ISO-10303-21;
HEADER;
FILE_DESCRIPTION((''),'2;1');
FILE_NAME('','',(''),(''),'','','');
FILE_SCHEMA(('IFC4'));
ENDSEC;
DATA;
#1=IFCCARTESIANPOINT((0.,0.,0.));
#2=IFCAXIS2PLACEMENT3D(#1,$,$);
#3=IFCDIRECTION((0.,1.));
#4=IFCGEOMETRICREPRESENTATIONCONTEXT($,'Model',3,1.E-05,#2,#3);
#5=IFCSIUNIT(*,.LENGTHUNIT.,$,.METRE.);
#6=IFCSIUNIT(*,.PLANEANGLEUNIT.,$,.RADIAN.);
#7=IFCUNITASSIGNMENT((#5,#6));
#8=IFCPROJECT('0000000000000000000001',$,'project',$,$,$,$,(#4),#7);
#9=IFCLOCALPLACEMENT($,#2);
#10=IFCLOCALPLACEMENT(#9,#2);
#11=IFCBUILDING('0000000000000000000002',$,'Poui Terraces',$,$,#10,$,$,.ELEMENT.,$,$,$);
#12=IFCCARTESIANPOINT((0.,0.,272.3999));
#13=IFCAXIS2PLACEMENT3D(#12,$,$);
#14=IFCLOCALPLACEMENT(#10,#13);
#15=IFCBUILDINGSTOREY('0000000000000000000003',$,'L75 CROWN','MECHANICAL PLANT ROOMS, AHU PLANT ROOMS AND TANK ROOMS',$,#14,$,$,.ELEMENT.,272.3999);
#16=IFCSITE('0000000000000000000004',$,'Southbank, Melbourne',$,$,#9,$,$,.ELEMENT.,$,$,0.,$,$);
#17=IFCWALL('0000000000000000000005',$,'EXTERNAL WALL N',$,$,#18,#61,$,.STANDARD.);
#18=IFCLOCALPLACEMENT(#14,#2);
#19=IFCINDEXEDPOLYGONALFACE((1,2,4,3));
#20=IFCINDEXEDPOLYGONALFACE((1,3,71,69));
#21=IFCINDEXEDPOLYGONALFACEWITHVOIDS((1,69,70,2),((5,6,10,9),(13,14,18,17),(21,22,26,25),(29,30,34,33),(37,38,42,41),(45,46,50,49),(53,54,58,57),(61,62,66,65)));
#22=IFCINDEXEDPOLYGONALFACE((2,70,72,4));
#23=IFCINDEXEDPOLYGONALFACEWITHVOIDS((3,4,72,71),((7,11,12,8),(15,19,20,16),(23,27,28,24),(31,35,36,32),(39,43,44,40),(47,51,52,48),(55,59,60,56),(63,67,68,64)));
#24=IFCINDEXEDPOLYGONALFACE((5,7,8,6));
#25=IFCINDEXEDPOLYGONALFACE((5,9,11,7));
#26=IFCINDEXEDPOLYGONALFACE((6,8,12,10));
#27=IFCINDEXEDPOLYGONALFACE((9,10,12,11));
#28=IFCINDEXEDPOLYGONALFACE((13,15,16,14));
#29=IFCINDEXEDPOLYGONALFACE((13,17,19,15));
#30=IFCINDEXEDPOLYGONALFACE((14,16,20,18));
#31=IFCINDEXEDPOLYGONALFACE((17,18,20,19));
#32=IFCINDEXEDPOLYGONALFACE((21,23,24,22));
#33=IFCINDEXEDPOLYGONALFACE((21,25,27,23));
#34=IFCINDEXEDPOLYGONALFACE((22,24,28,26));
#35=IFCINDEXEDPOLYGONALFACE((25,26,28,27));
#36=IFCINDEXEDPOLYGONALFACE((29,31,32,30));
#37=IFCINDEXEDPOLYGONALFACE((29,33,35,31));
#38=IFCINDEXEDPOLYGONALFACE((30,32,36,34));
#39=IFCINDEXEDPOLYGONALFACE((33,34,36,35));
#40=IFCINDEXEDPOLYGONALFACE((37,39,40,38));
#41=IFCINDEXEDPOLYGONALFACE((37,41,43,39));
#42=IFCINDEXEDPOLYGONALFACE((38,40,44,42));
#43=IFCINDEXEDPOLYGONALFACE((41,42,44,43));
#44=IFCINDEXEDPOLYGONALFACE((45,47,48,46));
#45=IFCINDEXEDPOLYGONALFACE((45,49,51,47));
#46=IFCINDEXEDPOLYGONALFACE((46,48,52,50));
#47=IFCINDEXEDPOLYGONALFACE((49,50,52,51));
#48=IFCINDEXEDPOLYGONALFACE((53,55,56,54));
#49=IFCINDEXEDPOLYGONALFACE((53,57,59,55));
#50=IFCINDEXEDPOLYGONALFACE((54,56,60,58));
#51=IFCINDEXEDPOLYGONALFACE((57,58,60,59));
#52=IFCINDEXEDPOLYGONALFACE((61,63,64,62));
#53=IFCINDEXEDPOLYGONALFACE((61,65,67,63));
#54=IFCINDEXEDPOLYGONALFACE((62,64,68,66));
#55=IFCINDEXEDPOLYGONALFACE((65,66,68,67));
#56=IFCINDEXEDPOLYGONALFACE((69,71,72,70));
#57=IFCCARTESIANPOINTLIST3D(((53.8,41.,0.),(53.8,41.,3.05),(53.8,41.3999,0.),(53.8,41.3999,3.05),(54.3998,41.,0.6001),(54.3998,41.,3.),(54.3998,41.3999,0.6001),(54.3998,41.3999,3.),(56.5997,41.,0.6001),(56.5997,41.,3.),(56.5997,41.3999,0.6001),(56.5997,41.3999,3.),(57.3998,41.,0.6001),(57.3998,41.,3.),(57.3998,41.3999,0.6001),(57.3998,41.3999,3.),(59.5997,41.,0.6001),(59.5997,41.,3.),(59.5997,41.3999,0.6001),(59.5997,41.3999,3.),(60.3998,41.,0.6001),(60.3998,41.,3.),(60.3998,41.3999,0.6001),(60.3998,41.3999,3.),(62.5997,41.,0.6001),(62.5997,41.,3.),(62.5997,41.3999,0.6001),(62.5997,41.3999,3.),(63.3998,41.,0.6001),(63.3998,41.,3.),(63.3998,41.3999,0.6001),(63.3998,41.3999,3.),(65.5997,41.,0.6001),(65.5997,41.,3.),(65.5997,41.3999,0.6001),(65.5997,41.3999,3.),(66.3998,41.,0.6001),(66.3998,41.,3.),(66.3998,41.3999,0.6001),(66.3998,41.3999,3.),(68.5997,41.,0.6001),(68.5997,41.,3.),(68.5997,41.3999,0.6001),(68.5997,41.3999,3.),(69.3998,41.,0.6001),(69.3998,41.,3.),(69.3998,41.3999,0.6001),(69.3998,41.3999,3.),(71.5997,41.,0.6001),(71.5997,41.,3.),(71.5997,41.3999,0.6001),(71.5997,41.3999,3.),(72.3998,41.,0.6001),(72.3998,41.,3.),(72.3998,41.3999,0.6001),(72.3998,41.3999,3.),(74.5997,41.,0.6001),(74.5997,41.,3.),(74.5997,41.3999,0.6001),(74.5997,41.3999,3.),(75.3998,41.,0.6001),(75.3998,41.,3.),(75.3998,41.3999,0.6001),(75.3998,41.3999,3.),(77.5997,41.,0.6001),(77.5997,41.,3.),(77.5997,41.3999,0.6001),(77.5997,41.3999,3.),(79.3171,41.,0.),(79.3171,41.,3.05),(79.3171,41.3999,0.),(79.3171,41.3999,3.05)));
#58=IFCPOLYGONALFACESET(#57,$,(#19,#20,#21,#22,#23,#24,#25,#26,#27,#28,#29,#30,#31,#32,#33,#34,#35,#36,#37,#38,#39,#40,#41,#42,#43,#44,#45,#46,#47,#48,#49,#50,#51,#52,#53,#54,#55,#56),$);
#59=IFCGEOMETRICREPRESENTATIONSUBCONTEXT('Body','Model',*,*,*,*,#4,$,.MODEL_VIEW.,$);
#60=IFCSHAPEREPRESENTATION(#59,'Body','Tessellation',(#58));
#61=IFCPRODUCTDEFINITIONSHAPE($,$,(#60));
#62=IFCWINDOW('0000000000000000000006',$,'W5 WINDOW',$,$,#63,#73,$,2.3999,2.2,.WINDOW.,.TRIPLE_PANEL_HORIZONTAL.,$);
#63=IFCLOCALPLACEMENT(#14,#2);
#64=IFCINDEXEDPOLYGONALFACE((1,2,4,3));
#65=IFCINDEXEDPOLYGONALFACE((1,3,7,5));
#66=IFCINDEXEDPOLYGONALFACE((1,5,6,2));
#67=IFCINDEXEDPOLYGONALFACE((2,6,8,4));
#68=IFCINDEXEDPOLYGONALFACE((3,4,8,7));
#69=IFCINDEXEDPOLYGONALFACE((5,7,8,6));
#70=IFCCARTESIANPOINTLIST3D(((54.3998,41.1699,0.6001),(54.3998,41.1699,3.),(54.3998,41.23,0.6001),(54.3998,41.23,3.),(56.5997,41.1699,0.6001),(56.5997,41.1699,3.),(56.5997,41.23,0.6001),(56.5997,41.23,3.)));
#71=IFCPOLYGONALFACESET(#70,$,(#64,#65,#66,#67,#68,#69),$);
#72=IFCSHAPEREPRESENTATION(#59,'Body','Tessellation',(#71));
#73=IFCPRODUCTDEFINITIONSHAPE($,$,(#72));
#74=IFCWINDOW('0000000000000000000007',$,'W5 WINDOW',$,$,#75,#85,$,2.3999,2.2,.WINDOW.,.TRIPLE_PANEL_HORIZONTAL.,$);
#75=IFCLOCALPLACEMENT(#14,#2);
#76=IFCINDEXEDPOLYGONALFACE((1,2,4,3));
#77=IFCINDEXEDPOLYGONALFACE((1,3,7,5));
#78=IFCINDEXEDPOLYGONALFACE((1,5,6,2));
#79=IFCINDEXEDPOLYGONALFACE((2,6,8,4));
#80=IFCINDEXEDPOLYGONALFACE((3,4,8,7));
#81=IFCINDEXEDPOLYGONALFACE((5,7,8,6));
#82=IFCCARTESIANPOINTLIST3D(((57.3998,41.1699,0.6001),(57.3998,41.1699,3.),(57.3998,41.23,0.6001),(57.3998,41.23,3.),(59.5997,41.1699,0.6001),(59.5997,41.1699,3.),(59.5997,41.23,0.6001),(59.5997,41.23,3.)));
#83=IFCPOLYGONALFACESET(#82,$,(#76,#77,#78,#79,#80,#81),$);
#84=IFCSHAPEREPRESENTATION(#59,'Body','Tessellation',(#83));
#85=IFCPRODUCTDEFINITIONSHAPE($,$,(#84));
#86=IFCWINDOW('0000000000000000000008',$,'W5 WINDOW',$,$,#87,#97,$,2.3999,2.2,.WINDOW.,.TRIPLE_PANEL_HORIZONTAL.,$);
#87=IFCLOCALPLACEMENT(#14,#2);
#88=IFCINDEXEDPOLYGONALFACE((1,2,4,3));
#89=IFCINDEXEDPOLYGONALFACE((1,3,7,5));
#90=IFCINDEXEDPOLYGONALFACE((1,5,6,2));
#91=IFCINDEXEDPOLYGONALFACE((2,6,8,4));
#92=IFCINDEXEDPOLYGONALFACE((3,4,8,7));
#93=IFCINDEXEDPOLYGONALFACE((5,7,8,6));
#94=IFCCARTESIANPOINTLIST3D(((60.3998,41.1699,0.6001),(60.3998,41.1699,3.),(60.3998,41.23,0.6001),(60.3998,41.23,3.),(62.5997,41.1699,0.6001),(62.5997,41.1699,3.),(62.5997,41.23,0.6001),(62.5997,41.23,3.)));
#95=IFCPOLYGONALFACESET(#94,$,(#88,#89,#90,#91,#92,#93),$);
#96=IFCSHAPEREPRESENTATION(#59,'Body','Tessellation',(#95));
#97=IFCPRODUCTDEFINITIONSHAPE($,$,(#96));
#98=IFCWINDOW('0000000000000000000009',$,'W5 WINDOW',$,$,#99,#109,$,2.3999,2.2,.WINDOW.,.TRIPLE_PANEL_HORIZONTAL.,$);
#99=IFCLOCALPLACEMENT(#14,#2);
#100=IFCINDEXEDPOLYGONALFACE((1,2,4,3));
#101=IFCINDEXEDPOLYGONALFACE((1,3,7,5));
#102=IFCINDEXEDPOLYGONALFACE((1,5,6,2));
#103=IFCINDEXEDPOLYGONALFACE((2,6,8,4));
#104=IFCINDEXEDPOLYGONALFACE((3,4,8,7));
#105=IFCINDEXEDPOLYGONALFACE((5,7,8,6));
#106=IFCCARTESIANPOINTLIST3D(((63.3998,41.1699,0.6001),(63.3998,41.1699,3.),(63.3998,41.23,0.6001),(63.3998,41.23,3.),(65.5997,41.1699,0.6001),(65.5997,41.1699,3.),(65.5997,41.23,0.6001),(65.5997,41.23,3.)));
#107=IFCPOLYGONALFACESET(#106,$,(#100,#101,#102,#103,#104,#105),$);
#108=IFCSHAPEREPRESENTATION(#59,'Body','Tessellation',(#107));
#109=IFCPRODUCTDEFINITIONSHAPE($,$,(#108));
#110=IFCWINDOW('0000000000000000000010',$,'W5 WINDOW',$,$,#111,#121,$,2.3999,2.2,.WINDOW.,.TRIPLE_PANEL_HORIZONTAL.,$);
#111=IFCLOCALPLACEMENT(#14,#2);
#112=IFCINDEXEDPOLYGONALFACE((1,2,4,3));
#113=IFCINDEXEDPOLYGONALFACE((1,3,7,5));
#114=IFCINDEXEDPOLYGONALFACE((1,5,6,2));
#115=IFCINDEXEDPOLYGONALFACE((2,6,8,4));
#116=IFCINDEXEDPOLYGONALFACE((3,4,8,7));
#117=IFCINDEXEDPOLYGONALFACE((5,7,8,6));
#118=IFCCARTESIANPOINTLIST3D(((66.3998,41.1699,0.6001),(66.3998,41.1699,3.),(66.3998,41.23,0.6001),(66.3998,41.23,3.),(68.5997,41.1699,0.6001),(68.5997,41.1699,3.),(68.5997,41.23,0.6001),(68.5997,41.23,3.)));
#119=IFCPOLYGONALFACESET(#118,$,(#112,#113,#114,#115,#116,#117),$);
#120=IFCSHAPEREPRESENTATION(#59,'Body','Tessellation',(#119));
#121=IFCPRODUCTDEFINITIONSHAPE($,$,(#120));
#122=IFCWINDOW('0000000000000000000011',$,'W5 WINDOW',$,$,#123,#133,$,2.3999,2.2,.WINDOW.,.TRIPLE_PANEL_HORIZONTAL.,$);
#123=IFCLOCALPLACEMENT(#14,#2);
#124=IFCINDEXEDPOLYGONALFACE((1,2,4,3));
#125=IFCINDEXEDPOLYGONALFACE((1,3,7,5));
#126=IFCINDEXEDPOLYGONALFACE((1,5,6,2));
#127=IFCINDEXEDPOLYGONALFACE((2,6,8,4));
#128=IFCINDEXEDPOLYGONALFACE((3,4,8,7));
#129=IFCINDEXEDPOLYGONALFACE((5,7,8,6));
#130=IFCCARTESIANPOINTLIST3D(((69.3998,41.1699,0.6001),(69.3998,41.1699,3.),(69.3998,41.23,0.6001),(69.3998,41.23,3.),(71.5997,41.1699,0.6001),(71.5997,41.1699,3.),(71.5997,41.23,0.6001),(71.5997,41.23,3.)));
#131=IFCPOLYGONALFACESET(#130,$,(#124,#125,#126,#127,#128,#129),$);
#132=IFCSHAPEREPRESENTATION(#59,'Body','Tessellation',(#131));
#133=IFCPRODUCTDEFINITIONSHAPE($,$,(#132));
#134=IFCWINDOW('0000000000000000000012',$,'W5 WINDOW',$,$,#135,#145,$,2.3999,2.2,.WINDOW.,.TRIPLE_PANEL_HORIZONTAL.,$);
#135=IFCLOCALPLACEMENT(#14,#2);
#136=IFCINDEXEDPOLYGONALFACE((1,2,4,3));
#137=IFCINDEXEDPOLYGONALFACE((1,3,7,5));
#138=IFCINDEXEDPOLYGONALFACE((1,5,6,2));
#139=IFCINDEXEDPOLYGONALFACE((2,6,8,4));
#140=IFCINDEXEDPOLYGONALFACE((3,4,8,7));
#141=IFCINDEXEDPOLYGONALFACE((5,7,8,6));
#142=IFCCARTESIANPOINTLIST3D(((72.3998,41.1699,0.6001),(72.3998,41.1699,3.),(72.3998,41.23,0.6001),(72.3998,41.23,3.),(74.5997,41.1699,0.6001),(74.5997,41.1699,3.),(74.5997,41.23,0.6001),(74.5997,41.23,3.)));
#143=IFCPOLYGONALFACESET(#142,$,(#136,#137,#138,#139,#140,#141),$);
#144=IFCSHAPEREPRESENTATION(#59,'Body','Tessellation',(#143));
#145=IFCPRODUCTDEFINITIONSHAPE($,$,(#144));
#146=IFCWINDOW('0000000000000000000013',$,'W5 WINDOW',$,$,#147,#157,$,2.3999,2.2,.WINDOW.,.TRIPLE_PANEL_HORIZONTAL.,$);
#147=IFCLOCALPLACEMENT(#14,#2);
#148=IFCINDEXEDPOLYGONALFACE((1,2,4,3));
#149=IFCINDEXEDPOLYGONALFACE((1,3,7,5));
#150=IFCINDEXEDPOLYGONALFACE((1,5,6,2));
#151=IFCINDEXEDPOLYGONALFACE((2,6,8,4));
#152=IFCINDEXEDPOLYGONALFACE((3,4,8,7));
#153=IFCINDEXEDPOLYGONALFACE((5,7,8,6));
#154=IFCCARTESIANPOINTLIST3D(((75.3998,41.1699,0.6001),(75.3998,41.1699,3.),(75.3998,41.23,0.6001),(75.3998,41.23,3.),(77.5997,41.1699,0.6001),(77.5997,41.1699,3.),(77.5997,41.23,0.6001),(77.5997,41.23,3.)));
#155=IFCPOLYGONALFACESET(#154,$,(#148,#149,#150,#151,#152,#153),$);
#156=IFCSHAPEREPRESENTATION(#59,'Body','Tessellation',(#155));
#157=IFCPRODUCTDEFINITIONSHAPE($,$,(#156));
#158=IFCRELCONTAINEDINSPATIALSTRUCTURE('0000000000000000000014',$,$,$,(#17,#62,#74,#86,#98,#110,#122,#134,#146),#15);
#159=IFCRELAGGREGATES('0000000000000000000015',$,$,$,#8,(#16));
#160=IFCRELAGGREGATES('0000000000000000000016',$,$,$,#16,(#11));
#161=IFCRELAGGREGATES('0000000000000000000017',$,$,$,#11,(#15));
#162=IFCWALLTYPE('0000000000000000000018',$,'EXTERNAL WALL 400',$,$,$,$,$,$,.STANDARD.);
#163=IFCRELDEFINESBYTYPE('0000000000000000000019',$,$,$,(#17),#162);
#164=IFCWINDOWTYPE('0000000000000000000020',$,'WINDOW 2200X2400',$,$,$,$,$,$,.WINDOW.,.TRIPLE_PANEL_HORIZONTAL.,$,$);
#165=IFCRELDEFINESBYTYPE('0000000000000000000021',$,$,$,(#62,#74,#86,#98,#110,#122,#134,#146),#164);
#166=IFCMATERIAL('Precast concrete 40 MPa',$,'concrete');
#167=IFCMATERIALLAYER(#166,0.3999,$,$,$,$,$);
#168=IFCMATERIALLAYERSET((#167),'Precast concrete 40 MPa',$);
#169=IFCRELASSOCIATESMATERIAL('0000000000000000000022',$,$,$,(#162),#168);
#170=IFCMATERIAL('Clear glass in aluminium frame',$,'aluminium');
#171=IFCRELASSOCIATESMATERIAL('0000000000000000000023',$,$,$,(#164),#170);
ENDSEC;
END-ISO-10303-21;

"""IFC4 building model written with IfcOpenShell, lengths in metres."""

from ifc_helpers import new_model, si_unit, direction, frame, frame_2d, origin, place, context, subcontext, project, spatial, rectangle, extrude, material, layer, layer_set, type_object, element, fill, save


model = new_model("IFC4")

# Units and contexts
model_context = context("Model", 3, precision=1e-05, world=origin(), true_north=direction((0.0, 1.0)))
body_context = subcontext(model_context, "Body", "Model", "MODEL_VIEW")
ifc_project = project(units=[si_unit("LENGTHUNIT", "METRE"), si_unit("PLANEANGLEUNIT", "RADIAN")], contexts=[model_context])

# Site, building, storey
site_placement = place(None, origin())
site = spatial("IfcSite", under=ifc_project, at=site_placement, Name="Southbank, Melbourne", CompositionType="ELEMENT", RefElevation=0.0)
building_placement = place(site_placement, origin())
building = spatial("IfcBuilding", under=site, at=building_placement, Name="Poui Terraces", CompositionType="ELEMENT")
storey_placement = place(building_placement, frame((0.0, 0.0, 272.3999)))
storey = spatial("IfcBuildingStorey", under=building, at=storey_placement, Name="L75 CROWN", Description="MECHANICAL PLANT ROOMS, AHU PLANT ROOMS AND TANK ROOMS", CompositionType="ELEMENT", Elevation=272.3999)

# Wall, openings, windows
ifc_material_1 = material(Name="Precast concrete 40 MPa", Category="concrete")
ifc_layer_1 = layer(ifc_material_1, 0.3999)
ifc_layer_set_1 = layer_set([ifc_layer_1], Name="Precast concrete 40 MPa")
wall_type_1 = type_object("IfcWallType", Name="EXTERNAL WALL 400", PredefinedType="STANDARD", material=ifc_layer_set_1)
wall_1_placement = place(storey_placement, frame((79.3171, 41.2, 0.0), z_axis=(0.0, 0.0, 1.0), x_axis=(-1.0, 0.0, 0.0)))
wall_1 = element("IfcWall", 1, at=wall_1_placement, inside=storey, type_object=wall_type_1, Name="EXTERNAL WALL N", PredefinedType="STANDARD", context=body_context, shape_type="SweptSolid", body=[
    extrude(rectangle(XDim=25.5171, YDim=0.3999, at=frame_2d((12.7585, 0.0))), origin(), (0.0, 0.0, 1.0), 3.05),
])
opening_1_placement = place(wall_1_placement, frame((22.7173, 0.0, 0.6001)))
opening_1 = element("IfcOpeningElement", 2, at=opening_1_placement, cuts=wall_1, PredefinedType="OPENING", context=body_context, shape_type="SweptSolid", body=[
    extrude(rectangle(XDim=2.2, YDim=2.3999, at=frame_2d((1.1001, 1.2))), frame((0.0, 0.21, 0.0), z_axis=(0.0, -1.0, 0.0), x_axis=(1.0, 0.0, 0.0)), (0.0, 0.0, 1.0), 0.4199),
])
opening_2_placement = place(wall_1_placement, frame((19.7173, 0.0, 0.6001)))
opening_2 = element("IfcOpeningElement", 3, at=opening_2_placement, cuts=wall_1, PredefinedType="OPENING", context=body_context, shape_type="SweptSolid", body=[
    extrude(rectangle(XDim=2.2, YDim=2.3999, at=frame_2d((1.1001, 1.2))), frame((0.0, 0.21, 0.0), z_axis=(0.0, -1.0, 0.0), x_axis=(1.0, 0.0, 0.0)), (0.0, 0.0, 1.0), 0.4199),
])
opening_3_placement = place(wall_1_placement, frame((16.7173, 0.0, 0.6001)))
opening_3 = element("IfcOpeningElement", 4, at=opening_3_placement, cuts=wall_1, PredefinedType="OPENING", context=body_context, shape_type="SweptSolid", body=[
    extrude(rectangle(XDim=2.2, YDim=2.3999, at=frame_2d((1.1001, 1.2))), frame((0.0, 0.21, 0.0), z_axis=(0.0, -1.0, 0.0), x_axis=(1.0, 0.0, 0.0)), (0.0, 0.0, 1.0), 0.4199),
])
opening_4_placement = place(wall_1_placement, frame((13.7173, 0.0, 0.6001)))
opening_4 = element("IfcOpeningElement", 5, at=opening_4_placement, cuts=wall_1, PredefinedType="OPENING", context=body_context, shape_type="SweptSolid", body=[
    extrude(rectangle(XDim=2.2, YDim=2.3999, at=frame_2d((1.1001, 1.2))), frame((0.0, 0.21, 0.0), z_axis=(0.0, -1.0, 0.0), x_axis=(1.0, 0.0, 0.0)), (0.0, 0.0, 1.0), 0.4199),
])
opening_5_placement = place(wall_1_placement, frame((10.7173, 0.0, 0.6001)))
opening_5 = element("IfcOpeningElement", 6, at=opening_5_placement, cuts=wall_1, PredefinedType="OPENING", context=body_context, shape_type="SweptSolid", body=[
    extrude(rectangle(XDim=2.2, YDim=2.3999, at=frame_2d((1.1001, 1.2))), frame((0.0, 0.21, 0.0), z_axis=(0.0, -1.0, 0.0), x_axis=(1.0, 0.0, 0.0)), (0.0, 0.0, 1.0), 0.4199),
])
opening_6_placement = place(wall_1_placement, frame((7.7173, 0.0, 0.6001)))
opening_6 = element("IfcOpeningElement", 7, at=opening_6_placement, cuts=wall_1, PredefinedType="OPENING", context=body_context, shape_type="SweptSolid", body=[
    extrude(rectangle(XDim=2.2, YDim=2.3999, at=frame_2d((1.1001, 1.2))), frame((0.0, 0.21, 0.0), z_axis=(0.0, -1.0, 0.0), x_axis=(1.0, 0.0, 0.0)), (0.0, 0.0, 1.0), 0.4199),
])
opening_7_placement = place(wall_1_placement, frame((4.7173, 0.0, 0.6001)))
opening_7 = element("IfcOpeningElement", 8, at=opening_7_placement, cuts=wall_1, PredefinedType="OPENING", context=body_context, shape_type="SweptSolid", body=[
    extrude(rectangle(XDim=2.2, YDim=2.3999, at=frame_2d((1.1001, 1.2))), frame((0.0, 0.21, 0.0), z_axis=(0.0, -1.0, 0.0), x_axis=(1.0, 0.0, 0.0)), (0.0, 0.0, 1.0), 0.4199),
])
opening_8_placement = place(wall_1_placement, frame((1.7173, 0.0, 0.6001)))
opening_8 = element("IfcOpeningElement", 9, at=opening_8_placement, cuts=wall_1, PredefinedType="OPENING", context=body_context, shape_type="SweptSolid", body=[
    extrude(rectangle(XDim=2.2, YDim=2.3999, at=frame_2d((1.1001, 1.2))), frame((0.0, 0.21, 0.0), z_axis=(0.0, -1.0, 0.0), x_axis=(1.0, 0.0, 0.0)), (0.0, 0.0, 1.0), 0.4199),
])
ifc_material_2 = material(Name="Clear glass in aluminium frame", Category="aluminium")
window_type = type_object("IfcWindowType", Name="WINDOW 2200X2400", PartitioningType="TRIPLE_PANEL_HORIZONTAL", PredefinedType="WINDOW", material=ifc_material_2)
window_1_placement = place(opening_1_placement, origin())
window_1 = element("IfcWindow", 10, at=window_1_placement, inside=storey, type_object=window_type, Name="W5 WINDOW", OverallHeight=2.3999, OverallWidth=2.2, PartitioningType="TRIPLE_PANEL_HORIZONTAL", PredefinedType="WINDOW", context=body_context, shape_type="SweptSolid", body=[
    extrude(rectangle(XDim=2.2, YDim=2.3999, at=frame_2d((1.1001, 1.2))), frame((0.0, 0.03, 0.0), z_axis=(0.0, -1.0, 0.0), x_axis=(1.0, 0.0, 0.0)), (0.0, 0.0, 1.0), 0.0601),
])
fill(opening_1, window_1)
window_2_placement = place(opening_2_placement, origin())
window_2 = element("IfcWindow", 11, at=window_2_placement, inside=storey, type_object=window_type, Name="W5 WINDOW", OverallHeight=2.3999, OverallWidth=2.2, PartitioningType="TRIPLE_PANEL_HORIZONTAL", PredefinedType="WINDOW", context=body_context, shape_type="SweptSolid", body=[
    extrude(rectangle(XDim=2.2, YDim=2.3999, at=frame_2d((1.1001, 1.2))), frame((0.0, 0.03, 0.0), z_axis=(0.0, -1.0, 0.0), x_axis=(1.0, 0.0, 0.0)), (0.0, 0.0, 1.0), 0.0601),
])
fill(opening_2, window_2)
window_3_placement = place(opening_3_placement, origin())
window_3 = element("IfcWindow", 12, at=window_3_placement, inside=storey, type_object=window_type, Name="W5 WINDOW", OverallHeight=2.3999, OverallWidth=2.2, PartitioningType="TRIPLE_PANEL_HORIZONTAL", PredefinedType="WINDOW", context=body_context, shape_type="SweptSolid", body=[
    extrude(rectangle(XDim=2.2, YDim=2.3999, at=frame_2d((1.1001, 1.2))), frame((0.0, 0.03, 0.0), z_axis=(0.0, -1.0, 0.0), x_axis=(1.0, 0.0, 0.0)), (0.0, 0.0, 1.0), 0.0601),
])
fill(opening_3, window_3)
window_4_placement = place(opening_4_placement, origin())
window_4 = element("IfcWindow", 13, at=window_4_placement, inside=storey, type_object=window_type, Name="W5 WINDOW", OverallHeight=2.3999, OverallWidth=2.2, PartitioningType="TRIPLE_PANEL_HORIZONTAL", PredefinedType="WINDOW", context=body_context, shape_type="SweptSolid", body=[
    extrude(rectangle(XDim=2.2, YDim=2.3999, at=frame_2d((1.1001, 1.2))), frame((0.0, 0.03, 0.0), z_axis=(0.0, -1.0, 0.0), x_axis=(1.0, 0.0, 0.0)), (0.0, 0.0, 1.0), 0.0601),
])
fill(opening_4, window_4)
window_5_placement = place(opening_5_placement, origin())
window_5 = element("IfcWindow", 14, at=window_5_placement, inside=storey, type_object=window_type, Name="W5 WINDOW", OverallHeight=2.3999, OverallWidth=2.2, PartitioningType="TRIPLE_PANEL_HORIZONTAL", PredefinedType="WINDOW", context=body_context, shape_type="SweptSolid", body=[
    extrude(rectangle(XDim=2.2, YDim=2.3999, at=frame_2d((1.1001, 1.2))), frame((0.0, 0.03, 0.0), z_axis=(0.0, -1.0, 0.0), x_axis=(1.0, 0.0, 0.0)), (0.0, 0.0, 1.0), 0.0601),
])
fill(opening_5, window_5)
window_6_placement = place(opening_6_placement, origin())
window_6 = element("IfcWindow", 15, at=window_6_placement, inside=storey, type_object=window_type, Name="W5 WINDOW", OverallHeight=2.3999, OverallWidth=2.2, PartitioningType="TRIPLE_PANEL_HORIZONTAL", PredefinedType="WINDOW", context=body_context, shape_type="SweptSolid", body=[
    extrude(rectangle(XDim=2.2, YDim=2.3999, at=frame_2d((1.1001, 1.2))), frame((0.0, 0.03, 0.0), z_axis=(0.0, -1.0, 0.0), x_axis=(1.0, 0.0, 0.0)), (0.0, 0.0, 1.0), 0.0601),
])
fill(opening_6, window_6)
window_7_placement = place(opening_7_placement, origin())
window_7 = element("IfcWindow", 16, at=window_7_placement, inside=storey, type_object=window_type, Name="W5 WINDOW", OverallHeight=2.3999, OverallWidth=2.2, PartitioningType="TRIPLE_PANEL_HORIZONTAL", PredefinedType="WINDOW", context=body_context, shape_type="SweptSolid", body=[
    extrude(rectangle(XDim=2.2, YDim=2.3999, at=frame_2d((1.1001, 1.2))), frame((0.0, 0.03, 0.0), z_axis=(0.0, -1.0, 0.0), x_axis=(1.0, 0.0, 0.0)), (0.0, 0.0, 1.0), 0.0601),
])
fill(opening_7, window_7)
window_8_placement = place(opening_8_placement, origin())
window_8 = element("IfcWindow", 17, at=window_8_placement, inside=storey, type_object=window_type, Name="W5 WINDOW", OverallHeight=2.3999, OverallWidth=2.2, PartitioningType="TRIPLE_PANEL_HORIZONTAL", PredefinedType="WINDOW", context=body_context, shape_type="SweptSolid", body=[
    extrude(rectangle(XDim=2.2, YDim=2.3999, at=frame_2d((1.1001, 1.2))), frame((0.0, 0.03, 0.0), z_axis=(0.0, -1.0, 0.0), x_axis=(1.0, 0.0, 0.0)), (0.0, 0.0, 1.0), 0.0601),
])
fill(opening_8, window_8)

save(model, "model.ifc")
